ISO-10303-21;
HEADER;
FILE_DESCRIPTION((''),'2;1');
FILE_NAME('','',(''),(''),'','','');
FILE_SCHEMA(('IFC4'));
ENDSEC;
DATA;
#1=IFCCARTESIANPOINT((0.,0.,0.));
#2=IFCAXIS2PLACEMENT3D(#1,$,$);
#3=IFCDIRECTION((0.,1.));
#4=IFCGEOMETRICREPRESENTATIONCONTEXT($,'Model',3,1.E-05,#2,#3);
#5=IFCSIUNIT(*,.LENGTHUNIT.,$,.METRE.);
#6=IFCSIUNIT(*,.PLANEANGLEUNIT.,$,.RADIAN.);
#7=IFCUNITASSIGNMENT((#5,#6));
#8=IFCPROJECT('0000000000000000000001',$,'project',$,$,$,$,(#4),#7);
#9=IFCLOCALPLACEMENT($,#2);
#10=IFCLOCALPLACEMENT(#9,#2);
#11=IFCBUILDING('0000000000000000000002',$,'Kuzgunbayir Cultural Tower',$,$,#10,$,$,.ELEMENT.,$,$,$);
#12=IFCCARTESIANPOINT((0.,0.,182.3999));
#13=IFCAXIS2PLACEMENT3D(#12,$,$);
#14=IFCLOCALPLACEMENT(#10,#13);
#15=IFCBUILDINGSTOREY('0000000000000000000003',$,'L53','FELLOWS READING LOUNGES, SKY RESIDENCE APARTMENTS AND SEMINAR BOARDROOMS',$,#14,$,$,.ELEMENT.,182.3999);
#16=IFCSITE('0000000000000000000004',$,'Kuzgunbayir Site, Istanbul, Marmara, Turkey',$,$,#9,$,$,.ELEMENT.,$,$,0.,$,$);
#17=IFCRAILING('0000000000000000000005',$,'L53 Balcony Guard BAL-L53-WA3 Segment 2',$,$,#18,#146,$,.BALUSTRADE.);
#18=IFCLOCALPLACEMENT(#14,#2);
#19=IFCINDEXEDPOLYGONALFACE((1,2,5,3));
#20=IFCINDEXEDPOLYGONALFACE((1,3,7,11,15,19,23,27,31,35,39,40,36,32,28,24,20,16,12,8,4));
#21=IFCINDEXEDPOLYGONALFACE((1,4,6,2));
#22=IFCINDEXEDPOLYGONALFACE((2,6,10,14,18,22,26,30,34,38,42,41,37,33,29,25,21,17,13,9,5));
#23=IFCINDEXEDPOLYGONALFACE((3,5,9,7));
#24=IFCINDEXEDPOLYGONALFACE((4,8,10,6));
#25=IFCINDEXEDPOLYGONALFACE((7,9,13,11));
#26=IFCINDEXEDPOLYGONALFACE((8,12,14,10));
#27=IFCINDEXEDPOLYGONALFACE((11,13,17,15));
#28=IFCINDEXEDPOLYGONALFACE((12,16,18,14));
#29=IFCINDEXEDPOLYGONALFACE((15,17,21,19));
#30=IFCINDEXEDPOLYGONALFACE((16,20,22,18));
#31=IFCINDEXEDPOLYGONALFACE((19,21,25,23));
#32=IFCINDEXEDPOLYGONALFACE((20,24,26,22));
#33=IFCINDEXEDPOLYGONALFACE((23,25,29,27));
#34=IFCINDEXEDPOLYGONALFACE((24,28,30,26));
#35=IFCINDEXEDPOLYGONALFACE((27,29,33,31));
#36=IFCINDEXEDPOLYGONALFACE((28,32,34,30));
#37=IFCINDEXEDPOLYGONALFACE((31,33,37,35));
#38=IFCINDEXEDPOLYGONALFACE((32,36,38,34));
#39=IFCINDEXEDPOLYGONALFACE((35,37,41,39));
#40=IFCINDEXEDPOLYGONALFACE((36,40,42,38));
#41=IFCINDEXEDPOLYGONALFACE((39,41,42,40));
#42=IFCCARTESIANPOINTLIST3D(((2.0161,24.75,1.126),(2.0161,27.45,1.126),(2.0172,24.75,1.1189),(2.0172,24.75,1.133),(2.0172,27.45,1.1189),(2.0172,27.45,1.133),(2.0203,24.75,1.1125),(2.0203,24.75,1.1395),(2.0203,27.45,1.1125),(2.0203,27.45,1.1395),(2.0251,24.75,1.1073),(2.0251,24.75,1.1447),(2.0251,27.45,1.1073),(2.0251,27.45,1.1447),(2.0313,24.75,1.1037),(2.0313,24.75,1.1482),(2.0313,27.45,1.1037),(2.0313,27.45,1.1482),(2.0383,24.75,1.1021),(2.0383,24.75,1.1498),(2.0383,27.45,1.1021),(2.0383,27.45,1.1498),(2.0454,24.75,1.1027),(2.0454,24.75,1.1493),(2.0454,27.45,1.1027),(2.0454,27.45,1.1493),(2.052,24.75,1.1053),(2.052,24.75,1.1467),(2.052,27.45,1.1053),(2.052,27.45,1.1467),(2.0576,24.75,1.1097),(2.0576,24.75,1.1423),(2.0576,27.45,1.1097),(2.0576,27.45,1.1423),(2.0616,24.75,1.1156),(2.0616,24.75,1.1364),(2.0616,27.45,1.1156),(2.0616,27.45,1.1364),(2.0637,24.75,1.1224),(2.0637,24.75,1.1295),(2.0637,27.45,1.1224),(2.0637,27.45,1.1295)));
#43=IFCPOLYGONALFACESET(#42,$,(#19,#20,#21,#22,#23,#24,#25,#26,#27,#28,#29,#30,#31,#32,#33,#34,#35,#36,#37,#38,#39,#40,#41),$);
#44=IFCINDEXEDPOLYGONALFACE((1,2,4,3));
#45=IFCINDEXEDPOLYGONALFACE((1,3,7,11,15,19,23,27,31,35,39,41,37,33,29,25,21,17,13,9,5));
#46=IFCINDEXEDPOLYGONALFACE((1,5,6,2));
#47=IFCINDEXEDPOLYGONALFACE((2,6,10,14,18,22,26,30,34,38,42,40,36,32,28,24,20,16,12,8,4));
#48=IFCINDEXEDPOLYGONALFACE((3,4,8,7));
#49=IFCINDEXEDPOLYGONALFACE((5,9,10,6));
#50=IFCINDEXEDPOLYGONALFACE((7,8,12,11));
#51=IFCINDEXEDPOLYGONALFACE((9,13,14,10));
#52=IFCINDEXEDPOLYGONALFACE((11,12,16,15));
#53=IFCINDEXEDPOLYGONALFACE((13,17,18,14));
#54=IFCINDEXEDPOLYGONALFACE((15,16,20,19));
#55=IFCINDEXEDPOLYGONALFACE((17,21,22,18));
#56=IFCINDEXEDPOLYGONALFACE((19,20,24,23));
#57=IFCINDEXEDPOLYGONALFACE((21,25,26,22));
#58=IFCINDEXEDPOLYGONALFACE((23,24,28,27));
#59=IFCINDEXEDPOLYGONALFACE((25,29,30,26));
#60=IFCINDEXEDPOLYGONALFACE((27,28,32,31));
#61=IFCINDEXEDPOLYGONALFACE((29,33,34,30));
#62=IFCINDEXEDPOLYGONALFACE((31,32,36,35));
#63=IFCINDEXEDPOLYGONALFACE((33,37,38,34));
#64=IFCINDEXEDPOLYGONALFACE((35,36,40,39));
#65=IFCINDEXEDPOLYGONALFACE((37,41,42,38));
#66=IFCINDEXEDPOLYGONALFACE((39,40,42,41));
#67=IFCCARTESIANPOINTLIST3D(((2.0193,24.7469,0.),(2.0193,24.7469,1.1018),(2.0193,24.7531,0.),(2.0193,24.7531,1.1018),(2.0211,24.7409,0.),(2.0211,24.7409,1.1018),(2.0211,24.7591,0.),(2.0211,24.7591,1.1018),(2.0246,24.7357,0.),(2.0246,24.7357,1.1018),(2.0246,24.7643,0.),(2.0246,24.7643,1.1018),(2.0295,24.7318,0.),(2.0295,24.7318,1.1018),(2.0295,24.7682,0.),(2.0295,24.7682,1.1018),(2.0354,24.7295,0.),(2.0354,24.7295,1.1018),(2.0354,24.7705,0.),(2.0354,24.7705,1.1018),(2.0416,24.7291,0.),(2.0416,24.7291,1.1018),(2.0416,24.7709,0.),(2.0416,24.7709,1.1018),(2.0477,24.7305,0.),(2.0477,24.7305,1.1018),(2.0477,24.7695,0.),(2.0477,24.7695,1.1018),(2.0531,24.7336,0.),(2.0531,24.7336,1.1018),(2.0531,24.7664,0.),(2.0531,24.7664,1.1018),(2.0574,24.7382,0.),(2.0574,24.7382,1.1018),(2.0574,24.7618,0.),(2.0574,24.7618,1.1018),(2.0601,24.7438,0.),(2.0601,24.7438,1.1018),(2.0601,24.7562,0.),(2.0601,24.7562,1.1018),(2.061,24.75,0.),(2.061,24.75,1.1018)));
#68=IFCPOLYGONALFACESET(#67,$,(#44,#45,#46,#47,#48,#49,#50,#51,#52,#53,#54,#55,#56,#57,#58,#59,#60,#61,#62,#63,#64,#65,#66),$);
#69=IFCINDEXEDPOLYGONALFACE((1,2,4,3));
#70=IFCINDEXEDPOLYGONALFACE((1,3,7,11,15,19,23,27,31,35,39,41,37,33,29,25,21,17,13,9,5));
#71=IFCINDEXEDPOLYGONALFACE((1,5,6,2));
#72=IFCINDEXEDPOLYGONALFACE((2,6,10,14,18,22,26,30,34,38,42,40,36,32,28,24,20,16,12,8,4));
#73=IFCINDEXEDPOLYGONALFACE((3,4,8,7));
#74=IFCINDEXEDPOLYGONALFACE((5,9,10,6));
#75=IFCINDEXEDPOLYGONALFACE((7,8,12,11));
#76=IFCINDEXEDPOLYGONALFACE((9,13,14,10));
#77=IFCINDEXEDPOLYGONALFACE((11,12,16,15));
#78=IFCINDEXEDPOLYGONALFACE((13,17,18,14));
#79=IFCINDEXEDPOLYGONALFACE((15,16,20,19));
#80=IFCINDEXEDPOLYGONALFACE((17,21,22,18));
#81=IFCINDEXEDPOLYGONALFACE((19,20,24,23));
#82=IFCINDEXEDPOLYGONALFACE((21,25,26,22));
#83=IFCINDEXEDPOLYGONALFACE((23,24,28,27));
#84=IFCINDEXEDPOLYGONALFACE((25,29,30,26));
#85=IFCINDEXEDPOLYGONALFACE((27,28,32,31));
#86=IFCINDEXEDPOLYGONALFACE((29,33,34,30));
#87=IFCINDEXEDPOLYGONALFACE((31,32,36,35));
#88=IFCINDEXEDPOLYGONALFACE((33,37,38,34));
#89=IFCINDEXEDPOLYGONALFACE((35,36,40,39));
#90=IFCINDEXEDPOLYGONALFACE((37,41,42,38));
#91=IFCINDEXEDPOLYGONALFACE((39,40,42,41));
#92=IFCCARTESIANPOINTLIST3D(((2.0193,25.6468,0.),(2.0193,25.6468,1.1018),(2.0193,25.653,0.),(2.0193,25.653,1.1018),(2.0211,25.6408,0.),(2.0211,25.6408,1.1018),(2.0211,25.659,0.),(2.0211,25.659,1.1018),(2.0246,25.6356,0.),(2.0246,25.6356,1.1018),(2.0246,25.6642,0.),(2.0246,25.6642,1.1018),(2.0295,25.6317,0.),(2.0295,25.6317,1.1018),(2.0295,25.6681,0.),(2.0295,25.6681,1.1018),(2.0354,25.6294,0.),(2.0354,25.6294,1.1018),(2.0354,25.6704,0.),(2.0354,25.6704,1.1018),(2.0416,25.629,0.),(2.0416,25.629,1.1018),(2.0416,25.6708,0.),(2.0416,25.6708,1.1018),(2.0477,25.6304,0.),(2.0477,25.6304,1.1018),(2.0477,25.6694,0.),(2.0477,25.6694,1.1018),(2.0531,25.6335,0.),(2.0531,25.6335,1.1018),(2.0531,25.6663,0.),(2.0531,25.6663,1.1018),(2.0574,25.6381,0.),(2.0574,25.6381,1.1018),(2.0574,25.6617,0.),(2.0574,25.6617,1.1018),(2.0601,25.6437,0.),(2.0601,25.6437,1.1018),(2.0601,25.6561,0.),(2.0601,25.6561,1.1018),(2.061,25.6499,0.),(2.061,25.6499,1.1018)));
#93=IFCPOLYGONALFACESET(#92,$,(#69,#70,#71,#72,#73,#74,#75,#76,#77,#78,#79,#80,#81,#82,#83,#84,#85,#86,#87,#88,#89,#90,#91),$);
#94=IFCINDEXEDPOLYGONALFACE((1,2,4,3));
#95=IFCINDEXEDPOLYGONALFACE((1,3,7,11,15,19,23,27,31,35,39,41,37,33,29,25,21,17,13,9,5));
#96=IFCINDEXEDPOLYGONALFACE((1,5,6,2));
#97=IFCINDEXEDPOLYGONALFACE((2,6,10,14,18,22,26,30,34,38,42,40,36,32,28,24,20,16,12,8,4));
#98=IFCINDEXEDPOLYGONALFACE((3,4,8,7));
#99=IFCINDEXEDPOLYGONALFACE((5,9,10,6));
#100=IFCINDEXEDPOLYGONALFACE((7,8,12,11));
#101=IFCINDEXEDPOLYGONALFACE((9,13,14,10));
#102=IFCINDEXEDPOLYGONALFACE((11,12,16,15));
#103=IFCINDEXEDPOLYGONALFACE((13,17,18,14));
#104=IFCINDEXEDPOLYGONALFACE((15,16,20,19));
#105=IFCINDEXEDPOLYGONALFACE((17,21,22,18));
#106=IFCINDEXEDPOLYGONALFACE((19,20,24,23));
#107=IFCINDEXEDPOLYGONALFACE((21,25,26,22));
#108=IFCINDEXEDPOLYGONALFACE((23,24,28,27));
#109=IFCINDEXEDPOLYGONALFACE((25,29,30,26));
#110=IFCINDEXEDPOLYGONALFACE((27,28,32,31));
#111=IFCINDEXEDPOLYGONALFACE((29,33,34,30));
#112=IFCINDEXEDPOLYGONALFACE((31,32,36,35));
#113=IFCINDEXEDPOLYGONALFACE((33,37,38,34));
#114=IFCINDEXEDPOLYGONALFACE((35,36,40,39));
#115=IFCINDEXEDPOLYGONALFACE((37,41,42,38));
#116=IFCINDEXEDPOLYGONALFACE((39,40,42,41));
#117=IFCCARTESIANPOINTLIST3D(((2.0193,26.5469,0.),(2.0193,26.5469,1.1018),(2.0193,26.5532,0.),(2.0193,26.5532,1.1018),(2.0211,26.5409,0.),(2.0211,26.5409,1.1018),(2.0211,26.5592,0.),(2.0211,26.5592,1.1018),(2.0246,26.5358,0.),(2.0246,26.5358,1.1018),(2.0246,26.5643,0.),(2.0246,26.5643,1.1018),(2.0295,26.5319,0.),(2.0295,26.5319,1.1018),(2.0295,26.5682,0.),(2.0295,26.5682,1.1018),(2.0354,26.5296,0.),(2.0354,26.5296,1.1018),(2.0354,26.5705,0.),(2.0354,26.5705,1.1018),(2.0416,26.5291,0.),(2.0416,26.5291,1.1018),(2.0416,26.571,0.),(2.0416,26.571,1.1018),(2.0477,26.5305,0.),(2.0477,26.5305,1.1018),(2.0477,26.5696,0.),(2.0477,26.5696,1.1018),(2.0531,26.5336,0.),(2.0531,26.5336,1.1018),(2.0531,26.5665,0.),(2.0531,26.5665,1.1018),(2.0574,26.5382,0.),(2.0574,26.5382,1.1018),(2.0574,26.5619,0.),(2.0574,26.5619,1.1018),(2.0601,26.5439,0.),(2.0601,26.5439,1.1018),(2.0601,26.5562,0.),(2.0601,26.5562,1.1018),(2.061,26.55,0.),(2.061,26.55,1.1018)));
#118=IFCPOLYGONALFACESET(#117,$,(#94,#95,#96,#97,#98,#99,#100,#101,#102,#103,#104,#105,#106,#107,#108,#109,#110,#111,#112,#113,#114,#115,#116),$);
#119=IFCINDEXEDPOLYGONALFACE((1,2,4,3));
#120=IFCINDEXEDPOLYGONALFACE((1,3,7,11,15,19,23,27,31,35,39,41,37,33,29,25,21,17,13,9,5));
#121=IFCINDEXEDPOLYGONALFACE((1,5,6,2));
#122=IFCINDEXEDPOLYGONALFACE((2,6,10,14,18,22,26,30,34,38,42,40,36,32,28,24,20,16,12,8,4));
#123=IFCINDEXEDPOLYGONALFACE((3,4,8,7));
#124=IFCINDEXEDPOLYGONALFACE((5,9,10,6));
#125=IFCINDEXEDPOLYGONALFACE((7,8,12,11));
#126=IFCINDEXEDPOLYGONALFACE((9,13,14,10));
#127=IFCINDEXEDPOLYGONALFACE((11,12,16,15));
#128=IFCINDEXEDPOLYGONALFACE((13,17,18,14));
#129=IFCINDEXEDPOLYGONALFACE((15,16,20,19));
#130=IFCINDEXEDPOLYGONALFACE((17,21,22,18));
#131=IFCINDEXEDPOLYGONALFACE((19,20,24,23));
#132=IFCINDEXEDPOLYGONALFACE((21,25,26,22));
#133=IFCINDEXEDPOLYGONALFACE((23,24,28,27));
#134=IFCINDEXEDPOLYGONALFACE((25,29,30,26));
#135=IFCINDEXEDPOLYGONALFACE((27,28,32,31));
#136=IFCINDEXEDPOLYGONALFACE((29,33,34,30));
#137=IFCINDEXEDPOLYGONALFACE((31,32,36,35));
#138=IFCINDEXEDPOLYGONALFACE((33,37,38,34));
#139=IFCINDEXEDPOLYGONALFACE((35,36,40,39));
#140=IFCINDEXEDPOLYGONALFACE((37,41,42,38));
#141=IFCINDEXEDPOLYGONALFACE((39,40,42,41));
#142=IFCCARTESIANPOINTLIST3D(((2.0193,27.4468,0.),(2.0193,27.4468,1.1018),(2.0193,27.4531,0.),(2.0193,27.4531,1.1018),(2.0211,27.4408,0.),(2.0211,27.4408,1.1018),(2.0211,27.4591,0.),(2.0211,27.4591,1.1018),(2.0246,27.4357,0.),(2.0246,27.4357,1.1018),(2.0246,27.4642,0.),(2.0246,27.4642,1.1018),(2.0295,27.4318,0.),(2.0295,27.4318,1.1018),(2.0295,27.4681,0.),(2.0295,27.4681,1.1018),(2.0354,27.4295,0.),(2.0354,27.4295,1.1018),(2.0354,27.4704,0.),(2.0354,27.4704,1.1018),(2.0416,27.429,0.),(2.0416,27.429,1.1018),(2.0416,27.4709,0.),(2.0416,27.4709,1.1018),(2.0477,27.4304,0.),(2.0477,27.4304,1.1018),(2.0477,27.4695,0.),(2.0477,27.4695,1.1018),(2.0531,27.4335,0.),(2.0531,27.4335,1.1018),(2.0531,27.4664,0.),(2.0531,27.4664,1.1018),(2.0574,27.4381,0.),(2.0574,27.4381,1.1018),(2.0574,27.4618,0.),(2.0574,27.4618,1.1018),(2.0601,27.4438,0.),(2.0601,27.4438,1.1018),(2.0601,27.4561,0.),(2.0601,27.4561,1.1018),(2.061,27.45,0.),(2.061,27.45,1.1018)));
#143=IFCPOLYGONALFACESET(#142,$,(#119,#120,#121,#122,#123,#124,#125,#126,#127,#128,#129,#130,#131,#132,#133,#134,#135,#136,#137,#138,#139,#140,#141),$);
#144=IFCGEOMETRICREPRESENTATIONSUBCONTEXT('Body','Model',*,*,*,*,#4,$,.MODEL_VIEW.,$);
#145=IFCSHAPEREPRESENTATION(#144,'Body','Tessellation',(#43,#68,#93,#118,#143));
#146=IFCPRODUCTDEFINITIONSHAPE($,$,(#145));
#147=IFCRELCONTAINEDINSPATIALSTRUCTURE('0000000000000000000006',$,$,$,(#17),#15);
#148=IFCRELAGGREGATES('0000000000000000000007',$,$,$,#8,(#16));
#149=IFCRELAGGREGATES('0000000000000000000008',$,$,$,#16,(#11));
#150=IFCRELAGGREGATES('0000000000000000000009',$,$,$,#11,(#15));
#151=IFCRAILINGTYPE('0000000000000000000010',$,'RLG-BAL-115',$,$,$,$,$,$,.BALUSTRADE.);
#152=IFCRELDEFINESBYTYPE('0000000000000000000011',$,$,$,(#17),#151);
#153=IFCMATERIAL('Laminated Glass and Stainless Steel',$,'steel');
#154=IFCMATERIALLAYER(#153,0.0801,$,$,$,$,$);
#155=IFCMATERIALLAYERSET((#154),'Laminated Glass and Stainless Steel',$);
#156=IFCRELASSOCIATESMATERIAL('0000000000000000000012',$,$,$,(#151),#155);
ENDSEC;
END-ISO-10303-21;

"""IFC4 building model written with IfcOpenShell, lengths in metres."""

from ifc_helpers import new_model, si_unit, direction, frame, origin, origin_2d, place, context, subcontext, project, spatial, circle, extrude, material, layer, layer_set, type_object, element, save


model = new_model("IFC4")

# Units and contexts
model_context = context("Model", 3, precision=1e-05, world=origin(), true_north=direction((0.0, 1.0)))
body_context = subcontext(model_context, "Body", "Model", "MODEL_VIEW")
ifc_project = project(units=[si_unit("LENGTHUNIT", "METRE"), si_unit("PLANEANGLEUNIT", "RADIAN")], contexts=[model_context])

# Site, building, storey
site_placement = place(None, origin())
site = spatial("IfcSite", under=ifc_project, at=site_placement, Name="Kuzgunbayir Site, Istanbul, Marmara, Turkey", CompositionType="ELEMENT", RefElevation=0.0)
building_placement = place(site_placement, origin())
building = spatial("IfcBuilding", under=site, at=building_placement, Name="Kuzgunbayir Cultural Tower", CompositionType="ELEMENT")
storey_placement = place(building_placement, frame((0.0, 0.0, 182.3999)))
storey = spatial("IfcBuildingStorey", under=building, at=storey_placement, Name="L53", Description="FELLOWS READING LOUNGES, SKY RESIDENCE APARTMENTS AND SEMINAR BOARDROOMS", CompositionType="ELEMENT", Elevation=182.3999)

# Railing
ifc_material_1 = material(Name="Laminated Glass and Stainless Steel", Category="steel")
ifc_layer_1 = layer(ifc_material_1, 0.0801)
ifc_layer_set_1 = layer_set([ifc_layer_1], Name="Laminated Glass and Stainless Steel")
railing_type = type_object("IfcRailingType", Name="RLG-BAL-115", PredefinedType="BALUSTRADE", material=ifc_layer_set_1)
railing_1_placement = place(storey_placement, frame((2.04, 24.75, 0.0)))
element("IfcRailing", 1, at=railing_1_placement, inside=storey, type_object=railing_type, Name="L53 Balcony Guard BAL-L53-WA3 Segment 2", PredefinedType="BALUSTRADE", context=body_context, shape_type="SweptSolid", body=[
    extrude(circle(Radius=0.0239, at=origin_2d()), frame((0.0, 0.0, 1.126), z_axis=(0.0, 1.0, 0.0), x_axis=(-1.0, 0.0, 0.0)), (0.0, 0.0, 1.0), 2.7),
    extrude(circle(Radius=0.021, at=origin_2d()), origin(), (0.0, 0.0, 1.0), 1.1018),
    extrude(circle(Radius=0.021, at=origin_2d()), frame((0.0, 0.8999, 0.0)), (0.0, 0.0, 1.0), 1.1018),
    extrude(circle(Radius=0.021, at=origin_2d()), frame((0.0, 1.8, 0.0)), (0.0, 0.0, 1.0), 1.1018),
    extrude(circle(Radius=0.021, at=origin_2d()), frame((0.0, 2.7, 0.0)), (0.0, 0.0, 1.0), 1.1018),
])

save(model, "model.ifc")
